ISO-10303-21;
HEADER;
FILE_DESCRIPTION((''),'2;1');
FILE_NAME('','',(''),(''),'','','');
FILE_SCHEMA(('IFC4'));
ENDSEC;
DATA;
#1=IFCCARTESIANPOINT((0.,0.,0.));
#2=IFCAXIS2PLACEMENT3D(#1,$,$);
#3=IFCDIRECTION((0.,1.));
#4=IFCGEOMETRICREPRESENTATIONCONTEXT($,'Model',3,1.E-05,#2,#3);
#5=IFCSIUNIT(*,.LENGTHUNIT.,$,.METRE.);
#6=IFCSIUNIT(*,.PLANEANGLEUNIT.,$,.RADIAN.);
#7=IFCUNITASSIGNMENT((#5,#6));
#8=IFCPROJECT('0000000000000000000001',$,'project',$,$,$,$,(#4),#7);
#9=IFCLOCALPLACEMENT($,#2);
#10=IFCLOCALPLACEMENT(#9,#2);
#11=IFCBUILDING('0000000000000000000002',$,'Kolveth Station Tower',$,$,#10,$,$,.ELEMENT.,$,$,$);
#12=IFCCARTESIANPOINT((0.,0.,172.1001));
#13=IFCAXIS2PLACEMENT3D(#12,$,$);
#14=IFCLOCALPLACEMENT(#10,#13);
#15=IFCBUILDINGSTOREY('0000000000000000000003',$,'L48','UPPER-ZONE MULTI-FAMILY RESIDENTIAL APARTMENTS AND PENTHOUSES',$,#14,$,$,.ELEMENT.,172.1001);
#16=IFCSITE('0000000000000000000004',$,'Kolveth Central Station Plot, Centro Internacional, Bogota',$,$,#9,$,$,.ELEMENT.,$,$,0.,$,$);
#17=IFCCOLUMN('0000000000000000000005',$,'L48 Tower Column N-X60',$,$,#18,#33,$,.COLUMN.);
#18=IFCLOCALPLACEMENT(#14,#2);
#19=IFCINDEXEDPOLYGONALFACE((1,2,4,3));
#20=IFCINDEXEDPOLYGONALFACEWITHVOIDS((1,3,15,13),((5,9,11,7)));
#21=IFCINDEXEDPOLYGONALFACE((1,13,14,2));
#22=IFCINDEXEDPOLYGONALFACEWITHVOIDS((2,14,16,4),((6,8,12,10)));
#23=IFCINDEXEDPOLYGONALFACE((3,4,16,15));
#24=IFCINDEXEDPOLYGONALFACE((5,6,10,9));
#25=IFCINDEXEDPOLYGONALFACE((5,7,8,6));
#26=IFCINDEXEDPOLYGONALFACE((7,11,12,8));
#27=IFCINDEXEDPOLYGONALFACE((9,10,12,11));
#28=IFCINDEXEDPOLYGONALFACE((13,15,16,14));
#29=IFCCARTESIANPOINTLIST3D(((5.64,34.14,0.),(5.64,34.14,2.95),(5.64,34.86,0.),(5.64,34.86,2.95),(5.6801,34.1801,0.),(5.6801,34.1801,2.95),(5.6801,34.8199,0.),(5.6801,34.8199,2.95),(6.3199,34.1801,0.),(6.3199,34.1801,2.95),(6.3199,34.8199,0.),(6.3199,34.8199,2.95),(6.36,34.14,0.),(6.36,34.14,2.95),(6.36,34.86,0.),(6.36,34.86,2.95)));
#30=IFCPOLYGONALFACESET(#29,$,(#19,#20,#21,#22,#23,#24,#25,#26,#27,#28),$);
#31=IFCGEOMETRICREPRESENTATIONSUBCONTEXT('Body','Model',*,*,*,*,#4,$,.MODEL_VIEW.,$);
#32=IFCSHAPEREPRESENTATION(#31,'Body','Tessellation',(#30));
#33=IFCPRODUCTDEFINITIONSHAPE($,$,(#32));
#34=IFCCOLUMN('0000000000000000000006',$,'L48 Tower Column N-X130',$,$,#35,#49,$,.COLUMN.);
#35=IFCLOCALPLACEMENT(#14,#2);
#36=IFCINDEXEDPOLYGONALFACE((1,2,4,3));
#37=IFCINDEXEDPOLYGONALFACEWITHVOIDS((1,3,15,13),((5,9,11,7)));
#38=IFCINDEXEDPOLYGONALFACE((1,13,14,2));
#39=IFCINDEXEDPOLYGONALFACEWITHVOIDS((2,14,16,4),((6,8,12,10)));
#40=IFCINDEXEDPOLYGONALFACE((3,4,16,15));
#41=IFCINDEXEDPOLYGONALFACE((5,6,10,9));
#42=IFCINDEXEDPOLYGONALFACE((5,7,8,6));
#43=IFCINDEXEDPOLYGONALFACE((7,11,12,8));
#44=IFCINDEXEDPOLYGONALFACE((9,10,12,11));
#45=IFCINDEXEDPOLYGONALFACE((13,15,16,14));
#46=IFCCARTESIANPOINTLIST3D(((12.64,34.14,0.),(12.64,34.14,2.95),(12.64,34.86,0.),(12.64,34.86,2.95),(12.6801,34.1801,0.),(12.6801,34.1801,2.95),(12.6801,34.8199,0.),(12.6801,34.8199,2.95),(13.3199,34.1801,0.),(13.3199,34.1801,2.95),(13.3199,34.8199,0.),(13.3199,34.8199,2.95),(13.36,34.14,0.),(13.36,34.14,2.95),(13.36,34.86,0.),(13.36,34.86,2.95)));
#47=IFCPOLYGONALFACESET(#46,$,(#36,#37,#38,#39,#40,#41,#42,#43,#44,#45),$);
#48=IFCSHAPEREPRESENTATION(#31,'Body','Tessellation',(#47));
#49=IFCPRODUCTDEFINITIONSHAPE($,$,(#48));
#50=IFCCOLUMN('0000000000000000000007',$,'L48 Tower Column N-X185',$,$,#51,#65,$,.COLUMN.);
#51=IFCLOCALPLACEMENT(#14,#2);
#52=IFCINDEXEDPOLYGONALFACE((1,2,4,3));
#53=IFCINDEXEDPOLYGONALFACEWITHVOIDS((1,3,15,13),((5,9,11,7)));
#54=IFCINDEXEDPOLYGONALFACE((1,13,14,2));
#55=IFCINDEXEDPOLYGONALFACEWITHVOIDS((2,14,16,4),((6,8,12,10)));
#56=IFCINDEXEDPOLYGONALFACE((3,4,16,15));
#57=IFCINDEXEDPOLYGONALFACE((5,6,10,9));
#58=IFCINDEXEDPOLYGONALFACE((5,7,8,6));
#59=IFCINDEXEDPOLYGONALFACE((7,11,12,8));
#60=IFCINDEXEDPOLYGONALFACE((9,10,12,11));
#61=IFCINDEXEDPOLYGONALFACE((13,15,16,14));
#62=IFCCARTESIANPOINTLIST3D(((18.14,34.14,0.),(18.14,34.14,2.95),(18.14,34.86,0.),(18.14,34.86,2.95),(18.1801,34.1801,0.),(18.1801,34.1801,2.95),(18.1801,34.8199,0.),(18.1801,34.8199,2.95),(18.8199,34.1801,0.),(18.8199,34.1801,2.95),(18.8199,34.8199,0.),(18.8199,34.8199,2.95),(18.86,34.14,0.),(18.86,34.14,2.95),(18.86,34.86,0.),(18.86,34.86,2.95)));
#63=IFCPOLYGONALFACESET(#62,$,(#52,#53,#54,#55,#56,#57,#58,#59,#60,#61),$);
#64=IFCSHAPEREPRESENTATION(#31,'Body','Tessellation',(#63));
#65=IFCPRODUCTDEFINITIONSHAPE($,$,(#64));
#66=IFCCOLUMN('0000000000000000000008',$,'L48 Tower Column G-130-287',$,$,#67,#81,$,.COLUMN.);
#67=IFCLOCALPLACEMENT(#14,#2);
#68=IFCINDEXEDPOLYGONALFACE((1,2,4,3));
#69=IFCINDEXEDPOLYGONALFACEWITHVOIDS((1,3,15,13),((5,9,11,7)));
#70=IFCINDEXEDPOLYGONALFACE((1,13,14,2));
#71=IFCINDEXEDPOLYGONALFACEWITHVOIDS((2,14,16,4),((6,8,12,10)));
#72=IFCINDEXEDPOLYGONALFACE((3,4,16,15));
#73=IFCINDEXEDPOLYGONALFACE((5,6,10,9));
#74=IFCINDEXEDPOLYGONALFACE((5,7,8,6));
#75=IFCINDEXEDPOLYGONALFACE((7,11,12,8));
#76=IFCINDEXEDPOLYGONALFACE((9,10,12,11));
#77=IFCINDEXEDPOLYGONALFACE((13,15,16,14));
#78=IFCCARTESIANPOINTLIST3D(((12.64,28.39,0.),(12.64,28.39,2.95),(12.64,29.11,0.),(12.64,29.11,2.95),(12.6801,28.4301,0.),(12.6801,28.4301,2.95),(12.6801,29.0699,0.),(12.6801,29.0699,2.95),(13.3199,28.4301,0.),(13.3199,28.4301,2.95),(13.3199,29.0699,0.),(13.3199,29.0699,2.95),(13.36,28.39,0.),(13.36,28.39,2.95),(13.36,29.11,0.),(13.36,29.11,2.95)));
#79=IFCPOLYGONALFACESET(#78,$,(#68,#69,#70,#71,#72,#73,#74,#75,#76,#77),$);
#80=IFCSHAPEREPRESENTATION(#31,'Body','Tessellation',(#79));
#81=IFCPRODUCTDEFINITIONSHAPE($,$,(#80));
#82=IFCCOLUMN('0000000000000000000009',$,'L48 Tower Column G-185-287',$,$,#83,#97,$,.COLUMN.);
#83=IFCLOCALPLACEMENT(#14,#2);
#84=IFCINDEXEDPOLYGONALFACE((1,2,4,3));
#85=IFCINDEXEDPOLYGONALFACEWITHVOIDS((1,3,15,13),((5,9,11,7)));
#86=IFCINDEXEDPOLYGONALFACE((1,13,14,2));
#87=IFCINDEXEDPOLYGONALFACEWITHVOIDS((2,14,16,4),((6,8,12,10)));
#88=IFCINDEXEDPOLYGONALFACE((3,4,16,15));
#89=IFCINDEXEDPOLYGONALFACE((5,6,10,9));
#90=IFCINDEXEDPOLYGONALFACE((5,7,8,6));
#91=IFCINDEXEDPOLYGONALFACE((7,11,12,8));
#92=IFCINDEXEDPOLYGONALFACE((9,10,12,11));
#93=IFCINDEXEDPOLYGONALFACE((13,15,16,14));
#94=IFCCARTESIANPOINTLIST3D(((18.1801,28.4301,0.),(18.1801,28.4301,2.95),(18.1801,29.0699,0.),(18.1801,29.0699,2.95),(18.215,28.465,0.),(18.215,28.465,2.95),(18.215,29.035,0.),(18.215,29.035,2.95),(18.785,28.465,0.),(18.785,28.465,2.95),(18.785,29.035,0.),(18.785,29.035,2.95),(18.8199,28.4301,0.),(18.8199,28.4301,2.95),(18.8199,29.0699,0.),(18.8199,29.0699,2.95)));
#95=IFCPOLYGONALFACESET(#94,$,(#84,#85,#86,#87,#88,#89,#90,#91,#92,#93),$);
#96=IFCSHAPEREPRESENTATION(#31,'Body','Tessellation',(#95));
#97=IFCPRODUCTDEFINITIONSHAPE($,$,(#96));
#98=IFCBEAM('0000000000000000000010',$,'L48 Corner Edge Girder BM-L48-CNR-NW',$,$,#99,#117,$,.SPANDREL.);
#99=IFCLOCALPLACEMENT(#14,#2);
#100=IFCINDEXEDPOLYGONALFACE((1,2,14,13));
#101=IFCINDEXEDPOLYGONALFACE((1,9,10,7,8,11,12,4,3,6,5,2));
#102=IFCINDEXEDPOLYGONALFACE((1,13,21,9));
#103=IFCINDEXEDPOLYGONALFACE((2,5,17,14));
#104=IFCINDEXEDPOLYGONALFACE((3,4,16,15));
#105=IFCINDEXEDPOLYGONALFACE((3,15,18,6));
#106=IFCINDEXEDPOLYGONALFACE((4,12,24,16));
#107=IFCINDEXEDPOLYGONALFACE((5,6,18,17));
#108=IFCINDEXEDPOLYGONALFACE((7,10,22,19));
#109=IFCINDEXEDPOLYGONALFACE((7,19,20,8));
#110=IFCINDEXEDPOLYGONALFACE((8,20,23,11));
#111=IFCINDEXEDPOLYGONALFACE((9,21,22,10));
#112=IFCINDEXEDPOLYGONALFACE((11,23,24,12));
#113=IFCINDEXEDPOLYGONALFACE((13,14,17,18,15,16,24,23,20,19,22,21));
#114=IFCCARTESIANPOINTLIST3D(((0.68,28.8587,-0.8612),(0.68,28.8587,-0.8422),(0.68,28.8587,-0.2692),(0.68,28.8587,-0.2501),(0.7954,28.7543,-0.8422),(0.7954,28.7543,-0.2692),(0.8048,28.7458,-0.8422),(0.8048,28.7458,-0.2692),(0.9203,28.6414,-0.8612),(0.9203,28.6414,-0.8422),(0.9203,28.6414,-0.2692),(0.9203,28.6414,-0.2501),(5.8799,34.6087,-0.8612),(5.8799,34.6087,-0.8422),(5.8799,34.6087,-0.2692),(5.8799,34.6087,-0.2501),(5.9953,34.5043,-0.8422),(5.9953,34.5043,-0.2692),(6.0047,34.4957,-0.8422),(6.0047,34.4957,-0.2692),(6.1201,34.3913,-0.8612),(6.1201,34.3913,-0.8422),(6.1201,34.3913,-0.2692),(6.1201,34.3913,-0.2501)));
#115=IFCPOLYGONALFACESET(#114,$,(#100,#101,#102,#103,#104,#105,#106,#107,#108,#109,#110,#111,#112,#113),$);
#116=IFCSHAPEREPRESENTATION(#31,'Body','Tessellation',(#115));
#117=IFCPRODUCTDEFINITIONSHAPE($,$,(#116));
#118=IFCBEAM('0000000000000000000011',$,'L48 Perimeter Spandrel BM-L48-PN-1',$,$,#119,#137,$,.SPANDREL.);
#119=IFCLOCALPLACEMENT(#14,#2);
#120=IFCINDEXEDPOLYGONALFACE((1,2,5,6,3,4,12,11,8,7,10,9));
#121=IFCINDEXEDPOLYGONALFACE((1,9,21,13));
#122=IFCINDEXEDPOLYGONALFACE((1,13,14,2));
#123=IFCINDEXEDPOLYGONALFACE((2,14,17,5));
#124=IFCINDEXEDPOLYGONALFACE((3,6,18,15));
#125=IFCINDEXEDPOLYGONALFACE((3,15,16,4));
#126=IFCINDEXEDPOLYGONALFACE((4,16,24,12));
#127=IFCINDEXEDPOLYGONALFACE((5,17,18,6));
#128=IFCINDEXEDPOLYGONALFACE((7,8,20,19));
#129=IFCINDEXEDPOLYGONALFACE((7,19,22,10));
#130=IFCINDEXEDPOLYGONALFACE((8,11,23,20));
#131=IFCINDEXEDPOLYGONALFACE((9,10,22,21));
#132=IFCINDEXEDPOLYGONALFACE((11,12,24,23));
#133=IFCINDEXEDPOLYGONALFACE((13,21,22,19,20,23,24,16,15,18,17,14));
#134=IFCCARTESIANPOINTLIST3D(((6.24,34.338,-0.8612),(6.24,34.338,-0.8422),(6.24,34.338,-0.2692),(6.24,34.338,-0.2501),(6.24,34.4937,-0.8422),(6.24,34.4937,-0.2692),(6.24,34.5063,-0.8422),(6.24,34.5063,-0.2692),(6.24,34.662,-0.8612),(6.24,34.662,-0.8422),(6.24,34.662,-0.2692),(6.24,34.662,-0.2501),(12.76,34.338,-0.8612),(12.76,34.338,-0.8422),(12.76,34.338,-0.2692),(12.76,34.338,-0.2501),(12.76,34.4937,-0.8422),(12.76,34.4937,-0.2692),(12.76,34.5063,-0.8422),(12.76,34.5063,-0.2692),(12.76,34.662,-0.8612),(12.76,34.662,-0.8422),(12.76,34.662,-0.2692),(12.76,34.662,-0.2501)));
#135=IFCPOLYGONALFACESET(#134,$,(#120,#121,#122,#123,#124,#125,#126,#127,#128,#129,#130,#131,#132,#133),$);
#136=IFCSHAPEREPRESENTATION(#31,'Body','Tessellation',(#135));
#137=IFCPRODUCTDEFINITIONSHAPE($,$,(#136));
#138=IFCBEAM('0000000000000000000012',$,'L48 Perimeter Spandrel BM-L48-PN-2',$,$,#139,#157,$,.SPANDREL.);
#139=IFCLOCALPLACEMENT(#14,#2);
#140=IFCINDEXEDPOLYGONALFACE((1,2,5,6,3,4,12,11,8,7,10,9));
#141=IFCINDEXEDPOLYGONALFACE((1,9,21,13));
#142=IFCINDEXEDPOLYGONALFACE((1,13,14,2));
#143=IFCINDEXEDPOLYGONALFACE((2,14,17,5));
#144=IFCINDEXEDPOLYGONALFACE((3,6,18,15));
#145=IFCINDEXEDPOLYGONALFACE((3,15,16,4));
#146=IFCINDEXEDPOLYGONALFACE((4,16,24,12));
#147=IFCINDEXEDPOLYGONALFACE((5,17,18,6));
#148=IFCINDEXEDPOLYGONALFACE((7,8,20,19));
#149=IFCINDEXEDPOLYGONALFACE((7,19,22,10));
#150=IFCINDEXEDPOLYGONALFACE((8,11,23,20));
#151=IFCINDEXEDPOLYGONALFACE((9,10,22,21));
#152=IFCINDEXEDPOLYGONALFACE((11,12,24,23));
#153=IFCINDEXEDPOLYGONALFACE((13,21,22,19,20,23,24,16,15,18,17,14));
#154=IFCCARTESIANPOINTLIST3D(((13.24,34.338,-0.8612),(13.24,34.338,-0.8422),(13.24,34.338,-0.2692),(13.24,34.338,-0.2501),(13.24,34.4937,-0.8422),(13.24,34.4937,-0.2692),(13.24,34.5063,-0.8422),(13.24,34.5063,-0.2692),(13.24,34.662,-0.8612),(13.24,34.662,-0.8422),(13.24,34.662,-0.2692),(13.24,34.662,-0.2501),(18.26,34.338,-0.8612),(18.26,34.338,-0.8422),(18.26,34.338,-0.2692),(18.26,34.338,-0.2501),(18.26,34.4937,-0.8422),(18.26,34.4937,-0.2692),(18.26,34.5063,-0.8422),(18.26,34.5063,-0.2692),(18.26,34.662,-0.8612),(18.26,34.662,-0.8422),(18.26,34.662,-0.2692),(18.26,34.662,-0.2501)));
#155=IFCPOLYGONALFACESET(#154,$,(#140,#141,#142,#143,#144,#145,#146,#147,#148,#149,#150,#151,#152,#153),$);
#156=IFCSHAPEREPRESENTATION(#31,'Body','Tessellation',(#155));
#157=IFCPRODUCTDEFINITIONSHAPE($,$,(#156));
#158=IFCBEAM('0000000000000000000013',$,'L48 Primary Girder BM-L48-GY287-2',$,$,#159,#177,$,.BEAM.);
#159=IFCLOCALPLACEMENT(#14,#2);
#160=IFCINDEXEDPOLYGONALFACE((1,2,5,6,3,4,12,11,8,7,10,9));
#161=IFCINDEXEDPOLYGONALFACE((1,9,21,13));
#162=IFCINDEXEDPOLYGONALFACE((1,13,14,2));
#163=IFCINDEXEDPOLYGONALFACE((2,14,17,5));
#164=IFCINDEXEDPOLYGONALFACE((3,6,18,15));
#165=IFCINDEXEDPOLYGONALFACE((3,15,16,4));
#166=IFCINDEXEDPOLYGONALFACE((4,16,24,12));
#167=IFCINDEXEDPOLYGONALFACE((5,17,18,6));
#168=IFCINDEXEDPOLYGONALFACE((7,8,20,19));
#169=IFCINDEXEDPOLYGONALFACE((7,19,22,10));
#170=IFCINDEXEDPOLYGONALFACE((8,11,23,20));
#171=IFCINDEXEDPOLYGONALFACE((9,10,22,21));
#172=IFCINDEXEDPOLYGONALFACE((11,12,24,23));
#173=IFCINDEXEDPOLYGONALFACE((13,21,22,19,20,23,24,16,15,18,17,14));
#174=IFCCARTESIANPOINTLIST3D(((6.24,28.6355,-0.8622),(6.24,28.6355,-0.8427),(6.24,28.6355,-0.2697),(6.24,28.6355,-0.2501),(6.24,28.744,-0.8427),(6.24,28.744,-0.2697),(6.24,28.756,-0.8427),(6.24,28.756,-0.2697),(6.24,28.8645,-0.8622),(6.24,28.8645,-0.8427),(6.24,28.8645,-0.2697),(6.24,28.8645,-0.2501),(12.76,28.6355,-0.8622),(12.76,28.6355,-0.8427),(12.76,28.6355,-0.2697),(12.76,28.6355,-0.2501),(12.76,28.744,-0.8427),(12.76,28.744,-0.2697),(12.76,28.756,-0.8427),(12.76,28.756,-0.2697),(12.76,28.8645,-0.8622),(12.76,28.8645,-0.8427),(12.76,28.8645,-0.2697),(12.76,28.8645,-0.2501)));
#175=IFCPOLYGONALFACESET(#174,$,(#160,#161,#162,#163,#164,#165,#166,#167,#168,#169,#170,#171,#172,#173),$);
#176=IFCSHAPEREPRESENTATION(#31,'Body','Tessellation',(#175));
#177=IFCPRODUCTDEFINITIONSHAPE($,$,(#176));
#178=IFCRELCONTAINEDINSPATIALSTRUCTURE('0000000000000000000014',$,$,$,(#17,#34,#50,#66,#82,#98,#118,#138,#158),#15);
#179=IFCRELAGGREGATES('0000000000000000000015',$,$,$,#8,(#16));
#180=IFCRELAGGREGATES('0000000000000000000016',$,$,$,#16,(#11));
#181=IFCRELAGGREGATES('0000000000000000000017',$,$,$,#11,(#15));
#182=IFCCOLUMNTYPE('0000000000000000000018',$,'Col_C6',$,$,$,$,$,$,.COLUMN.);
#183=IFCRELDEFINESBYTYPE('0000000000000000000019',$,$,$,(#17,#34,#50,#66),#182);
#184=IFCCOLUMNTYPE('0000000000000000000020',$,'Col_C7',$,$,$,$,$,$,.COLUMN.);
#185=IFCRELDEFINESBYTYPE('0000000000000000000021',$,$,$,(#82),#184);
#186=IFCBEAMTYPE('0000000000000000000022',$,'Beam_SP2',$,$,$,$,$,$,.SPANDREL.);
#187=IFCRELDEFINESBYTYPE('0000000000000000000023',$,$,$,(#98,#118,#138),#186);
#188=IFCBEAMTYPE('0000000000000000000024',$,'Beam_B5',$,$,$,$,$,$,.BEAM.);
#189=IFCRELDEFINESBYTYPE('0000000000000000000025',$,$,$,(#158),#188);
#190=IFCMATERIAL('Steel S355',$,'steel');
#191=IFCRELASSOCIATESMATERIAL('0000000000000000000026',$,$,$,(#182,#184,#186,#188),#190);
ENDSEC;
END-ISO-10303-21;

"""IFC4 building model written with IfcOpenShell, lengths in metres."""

from ifc_helpers import new_model, si_unit, direction, frame, origin, origin_2d, place, context, subcontext, project, spatial, hollow_rectangle, i_section, extrude, source, transform, mapped, material, material_profile, profile_set, type_object, element, save


model = new_model("IFC4")

# Units and contexts
model_context = context("Model", 3, precision=1e-05, world=origin(), true_north=direction((0.0, 1.0)))
body_context = subcontext(model_context, "Body", "Model", "MODEL_VIEW")
ifc_project = project(units=[si_unit("LENGTHUNIT", "METRE"), si_unit("PLANEANGLEUNIT", "RADIAN")], contexts=[model_context])

# Site, building, storey
site_placement = place(None, origin())
site = spatial("IfcSite", under=ifc_project, at=site_placement, Name="Kolveth Central Station Plot, Centro Internacional, Bogota", CompositionType="ELEMENT", RefElevation=0.0)
building_placement = place(site_placement, origin())
building = spatial("IfcBuilding", under=site, at=building_placement, Name="Kolveth Station Tower", CompositionType="ELEMENT")
storey_placement = place(building_placement, frame((0.0, 0.0, 172.1001)))
storey = spatial("IfcBuildingStorey", under=building, at=storey_placement, Name="L48", Description="UPPER-ZONE MULTI-FAMILY RESIDENTIAL APARTMENTS AND PENTHOUSES", CompositionType="ELEMENT", Elevation=172.1001)

# Columns
ifc_material_1 = material(Name="Steel S355", Category="steel")
ifc_material_profile_1 = material_profile(ifc_material_1, hollow_rectangle(XDim=0.72, YDim=0.72, WallThickness=0.04, at=origin_2d()), Name="BOX720x720x40")
ifc_profile_set_1 = profile_set([ifc_material_profile_1], Name="Steel S355")
column_type_1 = type_object("IfcColumnType", Name="Col_C6", PredefinedType="COLUMN", material=ifc_profile_set_1)
shared_shape_1 = source(origin(), body_context, "Body", "SweptSolid", [
    extrude(hollow_rectangle(XDim=0.72, YDim=0.72, WallThickness=0.04, at=origin_2d()), origin(), (0.0, 0.0, 1.0), 2.95),
])
for number, where, z_axis, x_axis, name in (
    (1, (6.0, 34.5, 0.0), (0.0, 0.0, 1.0), (1.0, 0.0, 0.0), "L48 Tower Column N-X60"),
    (2, (13.0, 34.5, 0.0), (0.0, 0.0, 1.0), (1.0, 0.0, 0.0), "L48 Tower Column N-X130"),
    (3, (18.5, 34.5, 0.0), (0.0, 0.0, 1.0), (1.0, 0.0, 0.0), "L48 Tower Column N-X185"),
    (4, (13.0, 28.75, 0.0), (0.0, 0.0, 1.0), (1.0, 0.0, 0.0), "L48 Tower Column G-130-287"),
):
    element("IfcColumn", number, at=place(storey_placement, frame(where, z_axis=z_axis, x_axis=x_axis)), inside=storey, type_object=column_type_1, Name=name, PredefinedType="COLUMN", context=body_context, shape_type="MappedRepresentation", body=[
        mapped(shared_shape_1, transform((0.0, 0.0, 0.0), x_axis=(1.0, 0.0, 0.0), y_axis=(0.0, 1.0, 0.0), z_axis=(0.0, 0.0, 1.0), scale=1.0)),
    ])
ifc_material_profile_2 = material_profile(ifc_material_1, hollow_rectangle(XDim=0.6399, YDim=0.6399, WallThickness=0.0349, at=origin_2d()), Name="BOX640x640x35")
ifc_profile_set_2 = profile_set([ifc_material_profile_2], Name="Steel S355")
column_type_2 = type_object("IfcColumnType", Name="Col_C7", PredefinedType="COLUMN", material=ifc_profile_set_2)
shared_shape_2 = source(origin(), body_context, "Body", "SweptSolid", [
    extrude(hollow_rectangle(XDim=0.6399, YDim=0.6399, WallThickness=0.0349, at=origin_2d()), origin(), (0.0, 0.0, 1.0), 2.95),
])
column_placement = place(storey_placement, frame((18.5, 28.75, 0.0), z_axis=(0.0, 0.0, 1.0), x_axis=(1.0, 0.0, 0.0)))
element("IfcColumn", 5, at=column_placement, inside=storey, type_object=column_type_2, Name="L48 Tower Column G-185-287", PredefinedType="COLUMN", context=body_context, shape_type="MappedRepresentation", body=[
    mapped(shared_shape_2, transform((0.0, 0.0, 0.0), x_axis=(1.0, 0.0, 0.0), y_axis=(0.0, 1.0, 0.0), z_axis=(0.0, 0.0, 1.0), scale=1.0)),
])

# Beams
ifc_material_profile_3 = material_profile(ifc_material_1, i_section(OverallWidth=0.324, OverallDepth=0.6111, WebThickness=0.0127, FlangeThickness=0.019, at=origin_2d()), Name="W610x155")
ifc_profile_set_3 = profile_set([ifc_material_profile_3], Name="Steel S355")
beam_type_1 = type_object("IfcBeamType", Name="Beam_SP2", PredefinedType="SPANDREL", material=ifc_profile_set_3)
shared_shape_3 = source(origin(), body_context, "Body", "SweptSolid", [
    extrude(i_section(OverallWidth=0.324, OverallDepth=0.6111, WebThickness=0.0127, FlangeThickness=0.019, at=origin_2d()), origin(), (0.0, 0.0, 1.0), 7.7524),
])
beam_1_placement = place(storey_placement, frame((6.0, 34.5, -0.5557), z_axis=(-0.670741, -0.741692, 0.0), x_axis=(0.741692, -0.670741, 0.0)))
element("IfcBeam", 6, at=beam_1_placement, inside=storey, type_object=beam_type_1, Name="L48 Corner Edge Girder BM-L48-CNR-NW", PredefinedType="SPANDREL", context=body_context, shape_type="MappedRepresentation", body=[
    mapped(shared_shape_3, transform((0.0, 0.0, 0.0), x_axis=(1.0, 0.0, 0.0), y_axis=(0.0, 1.0, 0.0), z_axis=(0.0, 0.0, 1.0), scale=1.0)),
])
shared_shape_4 = source(origin(), body_context, "Body", "SweptSolid", [
    extrude(i_section(OverallWidth=0.324, OverallDepth=0.6111, WebThickness=0.0127, FlangeThickness=0.019, at=origin_2d()), origin(), (0.0, 0.0, 1.0), 6.52),
])
beam_2_placement = place(storey_placement, frame((6.24, 34.5, -0.5557), z_axis=(1.0, 0.0, 0.0), x_axis=(0.0, 1.0, 0.0)))
element("IfcBeam", 7, at=beam_2_placement, inside=storey, type_object=beam_type_1, Name="L48 Perimeter Spandrel BM-L48-PN-1", PredefinedType="SPANDREL", context=body_context, shape_type="MappedRepresentation", body=[
    mapped(shared_shape_4, transform((0.0, 0.0, 0.0), x_axis=(1.0, 0.0, 0.0), y_axis=(0.0, 1.0, 0.0), z_axis=(0.0, 0.0, 1.0), scale=1.0)),
])
shared_shape_5 = source(origin(), body_context, "Body", "SweptSolid", [
    extrude(i_section(OverallWidth=0.324, OverallDepth=0.6111, WebThickness=0.0127, FlangeThickness=0.019, at=origin_2d()), origin(), (0.0, 0.0, 1.0), 5.02),
])
beam_3_placement = place(storey_placement, frame((13.24, 34.5, -0.5557), z_axis=(1.0, 0.0, 0.0), x_axis=(0.0, 1.0, 0.0)))
element("IfcBeam", 8, at=beam_3_placement, inside=storey, type_object=beam_type_1, Name="L48 Perimeter Spandrel BM-L48-PN-2", PredefinedType="SPANDREL", context=body_context, shape_type="MappedRepresentation", body=[
    mapped(shared_shape_5, transform((0.0, 0.0, 0.0), x_axis=(1.0, 0.0, 0.0), y_axis=(0.0, 1.0, 0.0), z_axis=(0.0, 0.0, 1.0), scale=1.0)),
])
ifc_material_profile_4 = material_profile(ifc_material_1, i_section(OverallWidth=0.229, OverallDepth=0.6121, WebThickness=0.012, FlangeThickness=0.0195, at=origin_2d()), Name="W610x125")
ifc_profile_set_4 = profile_set([ifc_material_profile_4], Name="Steel S355")
beam_type_2 = type_object("IfcBeamType", Name="Beam_B5", PredefinedType="BEAM", material=ifc_profile_set_4)
shared_shape_6 = source(origin(), body_context, "Body", "SweptSolid", [
    extrude(i_section(OverallWidth=0.229, OverallDepth=0.6121, WebThickness=0.012, FlangeThickness=0.0195, at=origin_2d()), origin(), (0.0, 0.0, 1.0), 6.52),
])
beam_4_placement = place(storey_placement, frame((6.24, 28.75, -0.5562), z_axis=(1.0, 0.0, 0.0), x_axis=(0.0, 1.0, 0.0)))
element("IfcBeam", 9, at=beam_4_placement, inside=storey, type_object=beam_type_2, Name="L48 Primary Girder BM-L48-GY287-2", PredefinedType="BEAM", context=body_context, shape_type="MappedRepresentation", body=[
    mapped(shared_shape_6, transform((0.0, 0.0, 0.0), x_axis=(1.0, 0.0, 0.0), y_axis=(0.0, 1.0, 0.0), z_axis=(0.0, 0.0, 1.0), scale=1.0)),
])

save(model, "model.ifc")
